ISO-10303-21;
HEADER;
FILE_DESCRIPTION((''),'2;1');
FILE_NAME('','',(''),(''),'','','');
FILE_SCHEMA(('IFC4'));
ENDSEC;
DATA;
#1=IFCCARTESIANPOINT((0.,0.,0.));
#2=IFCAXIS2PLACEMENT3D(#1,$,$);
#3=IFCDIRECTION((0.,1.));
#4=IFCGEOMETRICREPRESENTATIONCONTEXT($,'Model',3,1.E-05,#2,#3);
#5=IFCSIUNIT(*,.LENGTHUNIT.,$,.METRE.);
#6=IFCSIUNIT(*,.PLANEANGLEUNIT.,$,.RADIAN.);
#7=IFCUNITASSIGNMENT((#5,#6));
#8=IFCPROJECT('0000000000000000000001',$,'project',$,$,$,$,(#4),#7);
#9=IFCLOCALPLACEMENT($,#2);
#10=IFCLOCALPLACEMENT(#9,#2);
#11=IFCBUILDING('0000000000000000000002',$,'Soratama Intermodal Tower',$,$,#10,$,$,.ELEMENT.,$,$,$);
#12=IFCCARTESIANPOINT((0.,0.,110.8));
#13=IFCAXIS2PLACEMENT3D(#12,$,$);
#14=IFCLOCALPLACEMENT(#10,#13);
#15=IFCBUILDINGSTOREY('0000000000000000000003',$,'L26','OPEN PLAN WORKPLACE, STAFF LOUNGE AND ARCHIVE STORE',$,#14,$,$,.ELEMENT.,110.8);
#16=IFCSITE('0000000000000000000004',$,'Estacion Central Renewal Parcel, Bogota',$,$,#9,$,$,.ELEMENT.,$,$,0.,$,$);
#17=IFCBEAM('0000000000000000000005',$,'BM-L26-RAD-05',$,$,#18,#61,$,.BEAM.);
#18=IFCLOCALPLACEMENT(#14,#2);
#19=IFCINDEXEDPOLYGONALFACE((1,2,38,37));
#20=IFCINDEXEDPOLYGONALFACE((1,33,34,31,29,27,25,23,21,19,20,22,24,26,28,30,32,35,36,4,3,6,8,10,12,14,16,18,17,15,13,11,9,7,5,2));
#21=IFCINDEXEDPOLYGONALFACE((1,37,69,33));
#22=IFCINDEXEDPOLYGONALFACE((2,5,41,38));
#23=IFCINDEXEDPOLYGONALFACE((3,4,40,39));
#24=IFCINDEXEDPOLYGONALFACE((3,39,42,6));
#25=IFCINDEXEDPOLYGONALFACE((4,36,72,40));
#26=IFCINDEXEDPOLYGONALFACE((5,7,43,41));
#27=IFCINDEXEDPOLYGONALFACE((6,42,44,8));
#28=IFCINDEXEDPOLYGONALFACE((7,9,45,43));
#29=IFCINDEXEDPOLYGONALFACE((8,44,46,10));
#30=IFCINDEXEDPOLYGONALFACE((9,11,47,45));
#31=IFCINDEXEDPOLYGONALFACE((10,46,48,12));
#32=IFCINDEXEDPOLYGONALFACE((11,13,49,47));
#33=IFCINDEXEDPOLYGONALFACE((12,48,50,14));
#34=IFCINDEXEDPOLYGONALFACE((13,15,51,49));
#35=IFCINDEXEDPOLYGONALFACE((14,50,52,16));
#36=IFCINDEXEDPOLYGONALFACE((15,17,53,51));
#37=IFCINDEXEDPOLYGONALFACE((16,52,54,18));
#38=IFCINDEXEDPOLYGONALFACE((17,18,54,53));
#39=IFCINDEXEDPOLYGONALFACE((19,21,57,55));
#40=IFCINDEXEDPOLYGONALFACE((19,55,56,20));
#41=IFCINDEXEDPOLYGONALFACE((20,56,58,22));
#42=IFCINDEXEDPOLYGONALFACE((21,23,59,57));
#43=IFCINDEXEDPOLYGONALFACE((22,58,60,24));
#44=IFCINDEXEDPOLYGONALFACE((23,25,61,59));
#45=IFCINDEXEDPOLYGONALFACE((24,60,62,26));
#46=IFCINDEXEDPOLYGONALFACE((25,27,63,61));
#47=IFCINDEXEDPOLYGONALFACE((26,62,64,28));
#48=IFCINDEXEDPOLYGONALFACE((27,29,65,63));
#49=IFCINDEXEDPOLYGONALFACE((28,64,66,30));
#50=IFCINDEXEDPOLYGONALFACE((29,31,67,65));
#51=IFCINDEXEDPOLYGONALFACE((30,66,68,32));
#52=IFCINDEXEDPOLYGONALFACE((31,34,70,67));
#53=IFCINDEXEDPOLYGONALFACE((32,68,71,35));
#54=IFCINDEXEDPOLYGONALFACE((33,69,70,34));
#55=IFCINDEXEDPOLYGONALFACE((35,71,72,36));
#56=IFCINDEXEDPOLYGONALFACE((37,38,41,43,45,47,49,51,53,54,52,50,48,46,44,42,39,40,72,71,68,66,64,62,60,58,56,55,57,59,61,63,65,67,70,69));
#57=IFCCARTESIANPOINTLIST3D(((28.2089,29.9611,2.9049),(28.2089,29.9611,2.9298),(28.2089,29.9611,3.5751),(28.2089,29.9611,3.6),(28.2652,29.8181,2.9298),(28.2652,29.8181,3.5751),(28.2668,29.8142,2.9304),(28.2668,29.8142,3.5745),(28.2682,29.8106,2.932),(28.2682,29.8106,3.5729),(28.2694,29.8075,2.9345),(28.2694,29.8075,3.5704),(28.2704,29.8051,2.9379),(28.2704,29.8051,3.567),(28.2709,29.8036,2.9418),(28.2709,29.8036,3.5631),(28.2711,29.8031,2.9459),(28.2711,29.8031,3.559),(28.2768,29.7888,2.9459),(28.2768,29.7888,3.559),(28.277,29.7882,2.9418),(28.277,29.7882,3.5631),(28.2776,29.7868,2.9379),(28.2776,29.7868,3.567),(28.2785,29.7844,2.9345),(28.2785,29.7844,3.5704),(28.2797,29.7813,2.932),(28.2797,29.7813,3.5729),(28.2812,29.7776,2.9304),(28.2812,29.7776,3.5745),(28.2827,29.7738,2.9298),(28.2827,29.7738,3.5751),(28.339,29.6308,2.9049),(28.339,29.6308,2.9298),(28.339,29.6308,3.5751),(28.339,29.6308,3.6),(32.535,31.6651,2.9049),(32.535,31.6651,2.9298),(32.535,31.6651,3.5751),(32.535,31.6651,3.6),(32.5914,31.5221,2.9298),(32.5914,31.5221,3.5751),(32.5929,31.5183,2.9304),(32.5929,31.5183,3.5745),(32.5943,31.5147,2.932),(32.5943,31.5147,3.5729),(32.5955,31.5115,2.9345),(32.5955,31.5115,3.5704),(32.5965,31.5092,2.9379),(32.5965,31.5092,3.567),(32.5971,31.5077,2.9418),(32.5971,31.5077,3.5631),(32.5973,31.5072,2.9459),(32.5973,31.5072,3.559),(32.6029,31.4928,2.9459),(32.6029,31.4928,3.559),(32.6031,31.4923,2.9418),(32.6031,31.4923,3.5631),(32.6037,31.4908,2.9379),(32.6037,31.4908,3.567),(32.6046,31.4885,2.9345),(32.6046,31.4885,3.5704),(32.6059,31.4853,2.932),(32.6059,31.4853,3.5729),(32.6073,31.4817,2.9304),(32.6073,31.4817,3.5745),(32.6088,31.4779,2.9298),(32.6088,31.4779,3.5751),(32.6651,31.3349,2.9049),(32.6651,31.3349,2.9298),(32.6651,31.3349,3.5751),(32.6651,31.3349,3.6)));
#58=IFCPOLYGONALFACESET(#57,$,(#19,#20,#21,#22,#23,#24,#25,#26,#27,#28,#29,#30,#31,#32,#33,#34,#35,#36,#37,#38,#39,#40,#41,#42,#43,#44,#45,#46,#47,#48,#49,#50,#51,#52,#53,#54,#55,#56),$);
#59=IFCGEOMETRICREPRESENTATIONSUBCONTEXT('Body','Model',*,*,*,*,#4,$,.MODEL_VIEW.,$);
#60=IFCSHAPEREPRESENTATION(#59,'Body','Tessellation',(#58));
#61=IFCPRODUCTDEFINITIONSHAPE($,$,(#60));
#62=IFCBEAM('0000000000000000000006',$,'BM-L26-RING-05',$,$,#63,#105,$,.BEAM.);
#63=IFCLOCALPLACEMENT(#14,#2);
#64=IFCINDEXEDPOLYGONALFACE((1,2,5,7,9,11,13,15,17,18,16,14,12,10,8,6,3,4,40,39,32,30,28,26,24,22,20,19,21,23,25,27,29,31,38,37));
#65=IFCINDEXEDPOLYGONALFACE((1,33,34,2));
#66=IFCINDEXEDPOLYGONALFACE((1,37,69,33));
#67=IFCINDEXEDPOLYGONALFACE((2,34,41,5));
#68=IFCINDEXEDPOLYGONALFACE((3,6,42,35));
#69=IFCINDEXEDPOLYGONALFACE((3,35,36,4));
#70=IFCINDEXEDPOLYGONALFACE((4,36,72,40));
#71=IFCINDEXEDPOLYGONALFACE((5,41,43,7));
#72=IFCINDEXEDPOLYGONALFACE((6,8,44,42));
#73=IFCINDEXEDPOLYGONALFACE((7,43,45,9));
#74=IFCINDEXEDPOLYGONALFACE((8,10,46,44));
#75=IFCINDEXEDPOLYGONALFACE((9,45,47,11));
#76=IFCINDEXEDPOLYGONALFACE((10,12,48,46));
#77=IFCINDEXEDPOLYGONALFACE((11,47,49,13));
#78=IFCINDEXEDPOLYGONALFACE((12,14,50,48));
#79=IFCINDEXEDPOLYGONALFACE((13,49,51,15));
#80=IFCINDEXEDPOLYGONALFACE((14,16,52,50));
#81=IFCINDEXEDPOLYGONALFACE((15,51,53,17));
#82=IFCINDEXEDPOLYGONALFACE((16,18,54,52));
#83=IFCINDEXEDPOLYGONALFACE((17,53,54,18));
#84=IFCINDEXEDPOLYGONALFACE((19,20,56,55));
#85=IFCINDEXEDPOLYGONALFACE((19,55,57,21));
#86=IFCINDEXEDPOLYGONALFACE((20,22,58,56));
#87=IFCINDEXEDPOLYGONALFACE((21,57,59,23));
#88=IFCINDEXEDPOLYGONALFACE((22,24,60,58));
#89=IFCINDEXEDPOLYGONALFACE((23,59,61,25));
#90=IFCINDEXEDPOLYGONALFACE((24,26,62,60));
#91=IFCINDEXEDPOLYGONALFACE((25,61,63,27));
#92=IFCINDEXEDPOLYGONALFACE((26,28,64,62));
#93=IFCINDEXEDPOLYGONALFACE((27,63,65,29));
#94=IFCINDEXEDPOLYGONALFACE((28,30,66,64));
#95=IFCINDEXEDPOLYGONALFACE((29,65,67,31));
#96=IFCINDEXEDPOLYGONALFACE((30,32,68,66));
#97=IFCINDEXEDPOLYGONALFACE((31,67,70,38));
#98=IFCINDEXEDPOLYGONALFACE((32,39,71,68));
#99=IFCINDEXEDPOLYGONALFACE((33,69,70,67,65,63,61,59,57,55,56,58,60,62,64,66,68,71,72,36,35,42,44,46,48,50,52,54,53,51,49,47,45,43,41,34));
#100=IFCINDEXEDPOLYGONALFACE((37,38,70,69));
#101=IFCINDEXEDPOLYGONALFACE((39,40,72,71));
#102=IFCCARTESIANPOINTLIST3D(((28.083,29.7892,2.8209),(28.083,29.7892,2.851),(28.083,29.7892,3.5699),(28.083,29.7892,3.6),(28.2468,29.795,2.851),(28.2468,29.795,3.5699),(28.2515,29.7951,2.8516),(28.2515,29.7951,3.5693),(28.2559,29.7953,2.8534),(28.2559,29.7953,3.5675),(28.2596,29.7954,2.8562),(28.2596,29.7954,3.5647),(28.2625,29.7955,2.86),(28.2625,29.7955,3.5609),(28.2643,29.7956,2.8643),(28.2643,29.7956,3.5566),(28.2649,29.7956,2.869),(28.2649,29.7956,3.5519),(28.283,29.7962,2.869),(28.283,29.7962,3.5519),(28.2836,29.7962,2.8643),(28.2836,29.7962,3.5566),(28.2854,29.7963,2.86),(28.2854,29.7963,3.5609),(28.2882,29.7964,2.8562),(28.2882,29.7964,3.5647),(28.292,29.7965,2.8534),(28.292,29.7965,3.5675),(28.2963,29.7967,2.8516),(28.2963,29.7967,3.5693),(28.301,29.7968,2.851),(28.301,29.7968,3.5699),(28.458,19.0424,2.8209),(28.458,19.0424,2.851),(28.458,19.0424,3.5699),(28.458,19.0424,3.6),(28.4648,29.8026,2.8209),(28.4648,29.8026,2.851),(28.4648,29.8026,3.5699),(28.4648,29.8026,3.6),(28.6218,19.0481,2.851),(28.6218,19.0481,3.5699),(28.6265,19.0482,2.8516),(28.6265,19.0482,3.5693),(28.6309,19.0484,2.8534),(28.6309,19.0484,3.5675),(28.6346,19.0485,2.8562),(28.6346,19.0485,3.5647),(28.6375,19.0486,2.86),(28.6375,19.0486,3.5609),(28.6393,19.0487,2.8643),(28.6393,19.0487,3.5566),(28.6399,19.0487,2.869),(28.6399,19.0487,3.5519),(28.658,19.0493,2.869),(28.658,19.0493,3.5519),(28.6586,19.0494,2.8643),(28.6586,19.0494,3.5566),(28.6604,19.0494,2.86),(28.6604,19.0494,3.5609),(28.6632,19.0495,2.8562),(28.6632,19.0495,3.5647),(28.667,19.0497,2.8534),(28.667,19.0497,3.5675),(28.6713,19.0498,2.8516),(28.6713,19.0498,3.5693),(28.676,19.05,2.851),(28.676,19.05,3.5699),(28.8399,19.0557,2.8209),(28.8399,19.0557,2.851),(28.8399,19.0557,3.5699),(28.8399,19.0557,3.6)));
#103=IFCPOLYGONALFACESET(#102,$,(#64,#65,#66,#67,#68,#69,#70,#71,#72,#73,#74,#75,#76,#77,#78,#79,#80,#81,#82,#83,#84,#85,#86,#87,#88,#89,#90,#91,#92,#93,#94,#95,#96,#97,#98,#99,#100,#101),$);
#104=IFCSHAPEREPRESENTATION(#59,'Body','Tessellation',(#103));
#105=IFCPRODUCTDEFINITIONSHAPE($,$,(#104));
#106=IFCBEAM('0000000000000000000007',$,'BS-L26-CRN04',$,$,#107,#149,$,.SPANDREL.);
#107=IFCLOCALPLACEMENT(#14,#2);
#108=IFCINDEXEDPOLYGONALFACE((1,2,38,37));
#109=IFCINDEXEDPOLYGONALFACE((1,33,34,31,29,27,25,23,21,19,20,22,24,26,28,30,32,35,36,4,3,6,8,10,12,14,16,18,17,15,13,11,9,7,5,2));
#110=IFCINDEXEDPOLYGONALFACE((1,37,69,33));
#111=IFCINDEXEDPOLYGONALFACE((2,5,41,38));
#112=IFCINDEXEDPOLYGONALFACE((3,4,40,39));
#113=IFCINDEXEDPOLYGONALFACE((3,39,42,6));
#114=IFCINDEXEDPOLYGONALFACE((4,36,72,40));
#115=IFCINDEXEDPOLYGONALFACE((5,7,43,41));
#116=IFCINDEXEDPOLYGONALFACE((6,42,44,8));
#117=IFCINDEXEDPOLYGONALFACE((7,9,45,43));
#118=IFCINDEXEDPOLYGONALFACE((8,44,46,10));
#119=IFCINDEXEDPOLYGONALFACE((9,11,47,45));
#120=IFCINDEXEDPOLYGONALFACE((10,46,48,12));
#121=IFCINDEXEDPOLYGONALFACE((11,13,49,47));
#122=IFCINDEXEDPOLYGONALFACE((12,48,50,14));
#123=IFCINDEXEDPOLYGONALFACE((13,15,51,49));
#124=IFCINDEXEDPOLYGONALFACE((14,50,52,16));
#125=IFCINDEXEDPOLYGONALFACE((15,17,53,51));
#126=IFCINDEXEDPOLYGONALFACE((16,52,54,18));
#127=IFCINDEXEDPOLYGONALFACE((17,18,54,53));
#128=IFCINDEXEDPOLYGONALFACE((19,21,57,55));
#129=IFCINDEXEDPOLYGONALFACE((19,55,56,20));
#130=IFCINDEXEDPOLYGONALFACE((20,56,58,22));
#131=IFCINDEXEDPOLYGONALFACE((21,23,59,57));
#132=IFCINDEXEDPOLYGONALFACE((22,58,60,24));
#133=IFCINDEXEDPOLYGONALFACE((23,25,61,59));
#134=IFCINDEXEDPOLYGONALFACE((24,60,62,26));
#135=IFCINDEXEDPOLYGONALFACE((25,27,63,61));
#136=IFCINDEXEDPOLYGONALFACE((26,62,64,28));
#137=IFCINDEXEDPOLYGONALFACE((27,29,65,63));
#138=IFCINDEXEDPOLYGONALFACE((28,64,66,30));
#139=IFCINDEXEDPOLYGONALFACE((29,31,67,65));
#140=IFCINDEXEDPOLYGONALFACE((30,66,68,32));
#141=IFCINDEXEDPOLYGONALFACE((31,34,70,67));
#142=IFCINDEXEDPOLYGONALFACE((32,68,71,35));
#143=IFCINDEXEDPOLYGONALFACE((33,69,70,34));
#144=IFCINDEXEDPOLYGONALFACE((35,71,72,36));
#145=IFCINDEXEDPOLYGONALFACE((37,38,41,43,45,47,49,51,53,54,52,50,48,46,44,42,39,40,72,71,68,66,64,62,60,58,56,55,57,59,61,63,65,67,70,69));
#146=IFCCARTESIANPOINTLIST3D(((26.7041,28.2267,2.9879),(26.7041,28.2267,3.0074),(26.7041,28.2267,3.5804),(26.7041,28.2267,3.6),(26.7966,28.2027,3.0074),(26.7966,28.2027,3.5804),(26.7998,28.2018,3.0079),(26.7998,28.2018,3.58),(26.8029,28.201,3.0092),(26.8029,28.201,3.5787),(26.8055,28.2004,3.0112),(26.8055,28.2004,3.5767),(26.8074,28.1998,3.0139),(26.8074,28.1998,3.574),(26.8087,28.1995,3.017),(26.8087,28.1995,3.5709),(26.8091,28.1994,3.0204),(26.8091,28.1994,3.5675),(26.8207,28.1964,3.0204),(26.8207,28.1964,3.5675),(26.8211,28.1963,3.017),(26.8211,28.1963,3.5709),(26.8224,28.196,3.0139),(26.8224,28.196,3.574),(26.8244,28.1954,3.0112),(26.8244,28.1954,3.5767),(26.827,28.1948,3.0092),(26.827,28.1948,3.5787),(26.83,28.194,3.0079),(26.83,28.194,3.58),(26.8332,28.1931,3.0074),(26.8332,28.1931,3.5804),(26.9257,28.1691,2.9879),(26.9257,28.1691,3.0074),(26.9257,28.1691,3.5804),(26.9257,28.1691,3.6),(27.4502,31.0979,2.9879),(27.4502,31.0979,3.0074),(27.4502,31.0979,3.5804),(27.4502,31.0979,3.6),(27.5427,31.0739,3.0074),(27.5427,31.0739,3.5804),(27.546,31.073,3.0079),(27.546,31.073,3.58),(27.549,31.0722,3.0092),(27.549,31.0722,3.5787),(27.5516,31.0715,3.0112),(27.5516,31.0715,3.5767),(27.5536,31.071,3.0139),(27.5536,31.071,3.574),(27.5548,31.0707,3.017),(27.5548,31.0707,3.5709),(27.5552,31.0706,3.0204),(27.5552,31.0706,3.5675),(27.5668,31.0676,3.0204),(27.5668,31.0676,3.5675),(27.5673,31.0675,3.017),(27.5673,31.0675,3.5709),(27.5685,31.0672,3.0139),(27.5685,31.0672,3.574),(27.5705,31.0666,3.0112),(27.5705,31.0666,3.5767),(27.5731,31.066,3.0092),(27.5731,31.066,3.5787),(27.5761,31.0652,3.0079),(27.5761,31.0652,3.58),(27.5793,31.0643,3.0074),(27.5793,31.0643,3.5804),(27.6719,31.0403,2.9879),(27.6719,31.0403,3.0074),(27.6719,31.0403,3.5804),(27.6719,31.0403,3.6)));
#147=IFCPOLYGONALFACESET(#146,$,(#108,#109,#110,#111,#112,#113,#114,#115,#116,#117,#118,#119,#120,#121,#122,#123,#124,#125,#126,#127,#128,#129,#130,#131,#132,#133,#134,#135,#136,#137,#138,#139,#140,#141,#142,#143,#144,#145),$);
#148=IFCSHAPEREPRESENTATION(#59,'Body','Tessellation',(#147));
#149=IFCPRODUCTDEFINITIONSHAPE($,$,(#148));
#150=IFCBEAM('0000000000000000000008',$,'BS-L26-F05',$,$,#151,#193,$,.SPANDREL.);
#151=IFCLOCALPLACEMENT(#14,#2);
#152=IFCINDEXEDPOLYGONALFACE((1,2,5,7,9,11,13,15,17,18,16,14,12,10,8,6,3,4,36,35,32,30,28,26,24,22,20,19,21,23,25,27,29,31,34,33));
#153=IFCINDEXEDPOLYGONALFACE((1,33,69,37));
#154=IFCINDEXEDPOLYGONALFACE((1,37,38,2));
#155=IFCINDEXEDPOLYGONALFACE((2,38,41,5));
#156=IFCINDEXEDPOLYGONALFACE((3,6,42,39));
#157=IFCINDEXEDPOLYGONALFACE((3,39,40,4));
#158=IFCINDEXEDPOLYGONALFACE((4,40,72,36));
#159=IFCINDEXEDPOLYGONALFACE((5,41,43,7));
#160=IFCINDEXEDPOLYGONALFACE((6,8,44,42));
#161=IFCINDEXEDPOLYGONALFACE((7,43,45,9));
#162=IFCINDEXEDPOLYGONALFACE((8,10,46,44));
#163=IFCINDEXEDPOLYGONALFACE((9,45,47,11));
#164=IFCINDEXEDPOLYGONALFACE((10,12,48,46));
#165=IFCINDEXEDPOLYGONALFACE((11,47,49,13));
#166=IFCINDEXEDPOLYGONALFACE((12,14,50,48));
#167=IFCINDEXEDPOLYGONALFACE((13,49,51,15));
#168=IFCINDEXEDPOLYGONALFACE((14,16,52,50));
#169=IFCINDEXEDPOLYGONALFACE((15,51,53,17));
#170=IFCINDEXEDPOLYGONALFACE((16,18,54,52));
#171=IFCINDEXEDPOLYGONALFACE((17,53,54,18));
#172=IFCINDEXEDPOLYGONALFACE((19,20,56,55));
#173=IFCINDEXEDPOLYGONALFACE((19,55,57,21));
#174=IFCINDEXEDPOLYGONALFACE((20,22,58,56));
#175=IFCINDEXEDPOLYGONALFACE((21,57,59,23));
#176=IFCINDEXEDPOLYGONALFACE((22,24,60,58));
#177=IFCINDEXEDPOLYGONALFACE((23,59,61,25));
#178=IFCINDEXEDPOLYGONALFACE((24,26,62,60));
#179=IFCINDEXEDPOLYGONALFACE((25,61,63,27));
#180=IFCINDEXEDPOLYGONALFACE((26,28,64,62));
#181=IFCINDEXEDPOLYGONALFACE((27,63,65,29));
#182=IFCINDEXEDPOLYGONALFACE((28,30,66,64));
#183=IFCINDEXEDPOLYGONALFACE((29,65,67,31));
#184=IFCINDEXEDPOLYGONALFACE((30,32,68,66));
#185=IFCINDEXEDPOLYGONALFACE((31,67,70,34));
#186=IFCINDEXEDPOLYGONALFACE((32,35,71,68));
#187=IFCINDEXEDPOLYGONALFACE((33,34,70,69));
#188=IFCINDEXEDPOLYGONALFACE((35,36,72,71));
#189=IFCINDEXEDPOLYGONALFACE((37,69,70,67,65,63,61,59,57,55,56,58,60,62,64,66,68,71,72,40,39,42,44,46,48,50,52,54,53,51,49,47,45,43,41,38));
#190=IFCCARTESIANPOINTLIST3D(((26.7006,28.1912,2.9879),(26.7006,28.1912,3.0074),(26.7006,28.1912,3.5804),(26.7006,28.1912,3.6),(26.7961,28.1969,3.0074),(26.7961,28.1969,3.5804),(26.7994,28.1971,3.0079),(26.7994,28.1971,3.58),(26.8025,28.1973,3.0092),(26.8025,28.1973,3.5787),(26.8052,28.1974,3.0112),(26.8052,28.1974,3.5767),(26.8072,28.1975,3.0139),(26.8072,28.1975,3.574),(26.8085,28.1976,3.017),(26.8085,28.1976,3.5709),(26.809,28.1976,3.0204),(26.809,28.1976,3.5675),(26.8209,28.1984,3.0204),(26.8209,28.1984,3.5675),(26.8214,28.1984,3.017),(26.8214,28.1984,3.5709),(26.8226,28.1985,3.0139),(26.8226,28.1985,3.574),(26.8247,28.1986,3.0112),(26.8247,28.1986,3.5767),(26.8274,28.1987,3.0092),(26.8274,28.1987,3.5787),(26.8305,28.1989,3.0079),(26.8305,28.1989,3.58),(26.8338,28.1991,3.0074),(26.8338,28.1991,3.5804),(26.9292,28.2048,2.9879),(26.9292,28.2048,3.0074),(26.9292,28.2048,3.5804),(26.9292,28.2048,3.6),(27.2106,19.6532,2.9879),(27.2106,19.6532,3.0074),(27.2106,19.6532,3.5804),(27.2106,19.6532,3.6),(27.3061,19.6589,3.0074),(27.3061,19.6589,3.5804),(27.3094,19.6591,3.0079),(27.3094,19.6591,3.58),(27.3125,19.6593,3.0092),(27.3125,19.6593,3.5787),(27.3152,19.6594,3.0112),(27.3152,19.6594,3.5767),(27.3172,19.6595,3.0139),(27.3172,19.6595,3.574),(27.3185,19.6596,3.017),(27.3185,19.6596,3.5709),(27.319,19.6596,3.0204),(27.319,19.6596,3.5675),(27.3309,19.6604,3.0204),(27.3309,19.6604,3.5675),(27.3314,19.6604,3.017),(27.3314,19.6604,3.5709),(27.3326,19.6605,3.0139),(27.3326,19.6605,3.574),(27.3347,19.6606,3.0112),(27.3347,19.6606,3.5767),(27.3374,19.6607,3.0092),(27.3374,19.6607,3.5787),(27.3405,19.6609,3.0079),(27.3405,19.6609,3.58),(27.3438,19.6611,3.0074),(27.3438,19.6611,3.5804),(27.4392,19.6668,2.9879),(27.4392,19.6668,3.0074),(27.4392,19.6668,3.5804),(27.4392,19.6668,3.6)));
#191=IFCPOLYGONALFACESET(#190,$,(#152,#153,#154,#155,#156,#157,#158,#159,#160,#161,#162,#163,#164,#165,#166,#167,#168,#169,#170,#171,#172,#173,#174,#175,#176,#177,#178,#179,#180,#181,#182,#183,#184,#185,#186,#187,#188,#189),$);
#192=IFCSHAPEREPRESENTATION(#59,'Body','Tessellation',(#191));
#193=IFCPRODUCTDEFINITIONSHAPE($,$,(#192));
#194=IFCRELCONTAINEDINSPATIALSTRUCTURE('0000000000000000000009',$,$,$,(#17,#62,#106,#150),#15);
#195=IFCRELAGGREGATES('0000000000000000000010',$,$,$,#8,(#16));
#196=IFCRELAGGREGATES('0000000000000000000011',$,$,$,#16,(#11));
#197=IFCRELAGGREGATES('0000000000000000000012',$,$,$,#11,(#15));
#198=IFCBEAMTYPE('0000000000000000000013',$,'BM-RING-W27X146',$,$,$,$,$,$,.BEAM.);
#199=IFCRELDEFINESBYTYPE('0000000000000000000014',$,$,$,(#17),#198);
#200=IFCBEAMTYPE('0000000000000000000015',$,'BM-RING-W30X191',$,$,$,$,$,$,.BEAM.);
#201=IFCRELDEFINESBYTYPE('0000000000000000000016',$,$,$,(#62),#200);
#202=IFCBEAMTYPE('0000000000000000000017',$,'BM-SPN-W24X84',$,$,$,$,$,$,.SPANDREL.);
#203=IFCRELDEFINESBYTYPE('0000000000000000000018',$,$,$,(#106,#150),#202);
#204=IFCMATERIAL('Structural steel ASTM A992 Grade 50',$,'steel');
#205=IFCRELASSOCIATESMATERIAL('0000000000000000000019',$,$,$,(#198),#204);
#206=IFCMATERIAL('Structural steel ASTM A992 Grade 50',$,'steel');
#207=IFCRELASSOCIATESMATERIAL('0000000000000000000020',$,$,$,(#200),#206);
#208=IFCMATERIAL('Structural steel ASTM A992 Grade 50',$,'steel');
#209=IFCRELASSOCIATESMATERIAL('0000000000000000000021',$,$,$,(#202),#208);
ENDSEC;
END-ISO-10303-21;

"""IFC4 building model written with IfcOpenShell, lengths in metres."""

from ifc_helpers import new_model, si_unit, direction, frame, origin, origin_2d, place, context, subcontext, project, spatial, i_section, extrude, material, material_profile, profile_set, type_object, element, save


model = new_model("IFC4")

# Units and contexts
model_context = context("Model", 3, precision=1e-05, world=origin(), true_north=direction((0.0, 1.0)))
body_context = subcontext(model_context, "Body", "Model", "MODEL_VIEW")
ifc_project = project(units=[si_unit("LENGTHUNIT", "METRE"), si_unit("PLANEANGLEUNIT", "RADIAN")], contexts=[model_context])

# Site, building, storey
site_placement = place(None, origin())
site = spatial("IfcSite", under=ifc_project, at=site_placement, Name="Estacion Central Renewal Parcel, Bogota", CompositionType="ELEMENT", RefElevation=0.0)
building_placement = place(site_placement, origin())
building = spatial("IfcBuilding", under=site, at=building_placement, Name="Soratama Intermodal Tower", CompositionType="ELEMENT")
storey_placement = place(building_placement, frame((0.0, 0.0, 110.8)))
storey = spatial("IfcBuildingStorey", under=building, at=storey_placement, Name="L26", Description="OPEN PLAN WORKPLACE, STAFF LOUNGE AND ARCHIVE STORE", CompositionType="ELEMENT", Elevation=110.8)

# Beams
ifc_material_1 = material(Name="Structural steel ASTM A992 Grade 50", Category="steel")
ifc_material_profile_1 = material_profile(ifc_material_1, i_section(OverallWidth=0.355, OverallDepth=0.6951, WebThickness=0.0154, FlangeThickness=0.0249, FilletRadius=0.0161, at=origin_2d()), Name="W27X146")
ifc_profile_set_1 = profile_set([ifc_material_profile_1], Name="Structural steel ASTM A992 Grade 50")
beam_type_1 = type_object("IfcBeamType", Name="BM-RING-W27X146", PredefinedType="BEAM", material=ifc_profile_set_1)
beam_1_placement = place(storey_placement, frame((32.6001, 31.5, 3.2524), z_axis=(-0.930419, -0.366497, 0.0), x_axis=(0.366497, -0.930419, 0.0)))
element("IfcBeam", 1, at=beam_1_placement, inside=storey, type_object=beam_type_1, Name="BM-L26-RAD-05", PredefinedType="BEAM", context=body_context, shape_type="SweptSolid", body=[
    extrude(i_section(OverallWidth=0.355, OverallDepth=0.6951, WebThickness=0.0154, FlangeThickness=0.0249, FilletRadius=0.0161, at=origin_2d()), origin(), (0.0, 0.0, 1.0), 4.6497),
])
ifc_material_2 = material(Name="Structural steel ASTM A992 Grade 50", Category="steel")
ifc_material_profile_2 = material_profile(ifc_material_2, i_section(OverallWidth=0.3821, OverallDepth=0.7791, WebThickness=0.0181, FlangeThickness=0.03, FilletRadius=0.0181, at=origin_2d()), Name="W30X191")
ifc_profile_set_2 = profile_set([ifc_material_profile_2], Name="Structural steel ASTM A992 Grade 50")
beam_type_2 = type_object("IfcBeamType", Name="BM-RING-W30X191", PredefinedType="BEAM", material=ifc_profile_set_2)
beam_2_placement = place(storey_placement, frame((28.2739, 29.7959, 3.2104), z_axis=(0.034873, -0.999392, 0.0), x_axis=(0.999392, 0.034873, 0.0)))
element("IfcBeam", 2, at=beam_2_placement, inside=storey, type_object=beam_type_2, Name="BM-L26-RING-05", PredefinedType="BEAM", context=body_context, shape_type="SweptSolid", body=[
    extrude(i_section(OverallWidth=0.3821, OverallDepth=0.7791, WebThickness=0.0181, FlangeThickness=0.03, FilletRadius=0.0181, at=origin_2d()), origin(), (0.0, 0.0, 1.0), 10.7534),
])
ifc_material_3 = material(Name="Structural steel ASTM A992 Grade 50", Category="steel")
ifc_material_profile_3 = material_profile(ifc_material_3, i_section(OverallWidth=0.229, OverallDepth=0.6121, WebThickness=0.012, FlangeThickness=0.0195, FilletRadius=0.0129, at=origin_2d()), Name="W24X84")
ifc_profile_set_3 = profile_set([ifc_material_profile_3], Name="Structural steel ASTM A992 Grade 50")
beam_type_3 = type_object("IfcBeamType", Name="BM-SPN-W24X84", PredefinedType="SPANDREL", material=ifc_profile_set_3)
beam_3_placement = place(storey_placement, frame((27.561, 31.0691, 3.2939), z_axis=(-0.251511, -0.967855, 0.0), x_axis=(0.967855, -0.251511, 0.0)))
element("IfcBeam", 3, at=beam_3_placement, inside=storey, type_object=beam_type_3, Name="BS-L26-CRN04", PredefinedType="SPANDREL", context=body_context, shape_type="SweptSolid", body=[
    extrude(i_section(OverallWidth=0.229, OverallDepth=0.6121, WebThickness=0.012, FlangeThickness=0.0195, FilletRadius=0.0129, at=origin_2d()), origin(), (0.0, 0.0, 1.0), 2.9666),
])
beam_4_placement = place(storey_placement, frame((26.8149, 28.198, 3.2939), z_axis=(0.059627, -0.998221, 0.0), x_axis=(0.998221, 0.059627, 0.0)))
element("IfcBeam", 4, at=beam_4_placement, inside=storey, type_object=beam_type_3, Name="BS-L26-F05", PredefinedType="SPANDREL", context=body_context, shape_type="SweptSolid", body=[
    extrude(i_section(OverallWidth=0.229, OverallDepth=0.6121, WebThickness=0.012, FlangeThickness=0.0195, FilletRadius=0.0129, at=origin_2d()), origin(), (0.0, 0.0, 1.0), 8.5532),
])

save(model, "model.ifc")
